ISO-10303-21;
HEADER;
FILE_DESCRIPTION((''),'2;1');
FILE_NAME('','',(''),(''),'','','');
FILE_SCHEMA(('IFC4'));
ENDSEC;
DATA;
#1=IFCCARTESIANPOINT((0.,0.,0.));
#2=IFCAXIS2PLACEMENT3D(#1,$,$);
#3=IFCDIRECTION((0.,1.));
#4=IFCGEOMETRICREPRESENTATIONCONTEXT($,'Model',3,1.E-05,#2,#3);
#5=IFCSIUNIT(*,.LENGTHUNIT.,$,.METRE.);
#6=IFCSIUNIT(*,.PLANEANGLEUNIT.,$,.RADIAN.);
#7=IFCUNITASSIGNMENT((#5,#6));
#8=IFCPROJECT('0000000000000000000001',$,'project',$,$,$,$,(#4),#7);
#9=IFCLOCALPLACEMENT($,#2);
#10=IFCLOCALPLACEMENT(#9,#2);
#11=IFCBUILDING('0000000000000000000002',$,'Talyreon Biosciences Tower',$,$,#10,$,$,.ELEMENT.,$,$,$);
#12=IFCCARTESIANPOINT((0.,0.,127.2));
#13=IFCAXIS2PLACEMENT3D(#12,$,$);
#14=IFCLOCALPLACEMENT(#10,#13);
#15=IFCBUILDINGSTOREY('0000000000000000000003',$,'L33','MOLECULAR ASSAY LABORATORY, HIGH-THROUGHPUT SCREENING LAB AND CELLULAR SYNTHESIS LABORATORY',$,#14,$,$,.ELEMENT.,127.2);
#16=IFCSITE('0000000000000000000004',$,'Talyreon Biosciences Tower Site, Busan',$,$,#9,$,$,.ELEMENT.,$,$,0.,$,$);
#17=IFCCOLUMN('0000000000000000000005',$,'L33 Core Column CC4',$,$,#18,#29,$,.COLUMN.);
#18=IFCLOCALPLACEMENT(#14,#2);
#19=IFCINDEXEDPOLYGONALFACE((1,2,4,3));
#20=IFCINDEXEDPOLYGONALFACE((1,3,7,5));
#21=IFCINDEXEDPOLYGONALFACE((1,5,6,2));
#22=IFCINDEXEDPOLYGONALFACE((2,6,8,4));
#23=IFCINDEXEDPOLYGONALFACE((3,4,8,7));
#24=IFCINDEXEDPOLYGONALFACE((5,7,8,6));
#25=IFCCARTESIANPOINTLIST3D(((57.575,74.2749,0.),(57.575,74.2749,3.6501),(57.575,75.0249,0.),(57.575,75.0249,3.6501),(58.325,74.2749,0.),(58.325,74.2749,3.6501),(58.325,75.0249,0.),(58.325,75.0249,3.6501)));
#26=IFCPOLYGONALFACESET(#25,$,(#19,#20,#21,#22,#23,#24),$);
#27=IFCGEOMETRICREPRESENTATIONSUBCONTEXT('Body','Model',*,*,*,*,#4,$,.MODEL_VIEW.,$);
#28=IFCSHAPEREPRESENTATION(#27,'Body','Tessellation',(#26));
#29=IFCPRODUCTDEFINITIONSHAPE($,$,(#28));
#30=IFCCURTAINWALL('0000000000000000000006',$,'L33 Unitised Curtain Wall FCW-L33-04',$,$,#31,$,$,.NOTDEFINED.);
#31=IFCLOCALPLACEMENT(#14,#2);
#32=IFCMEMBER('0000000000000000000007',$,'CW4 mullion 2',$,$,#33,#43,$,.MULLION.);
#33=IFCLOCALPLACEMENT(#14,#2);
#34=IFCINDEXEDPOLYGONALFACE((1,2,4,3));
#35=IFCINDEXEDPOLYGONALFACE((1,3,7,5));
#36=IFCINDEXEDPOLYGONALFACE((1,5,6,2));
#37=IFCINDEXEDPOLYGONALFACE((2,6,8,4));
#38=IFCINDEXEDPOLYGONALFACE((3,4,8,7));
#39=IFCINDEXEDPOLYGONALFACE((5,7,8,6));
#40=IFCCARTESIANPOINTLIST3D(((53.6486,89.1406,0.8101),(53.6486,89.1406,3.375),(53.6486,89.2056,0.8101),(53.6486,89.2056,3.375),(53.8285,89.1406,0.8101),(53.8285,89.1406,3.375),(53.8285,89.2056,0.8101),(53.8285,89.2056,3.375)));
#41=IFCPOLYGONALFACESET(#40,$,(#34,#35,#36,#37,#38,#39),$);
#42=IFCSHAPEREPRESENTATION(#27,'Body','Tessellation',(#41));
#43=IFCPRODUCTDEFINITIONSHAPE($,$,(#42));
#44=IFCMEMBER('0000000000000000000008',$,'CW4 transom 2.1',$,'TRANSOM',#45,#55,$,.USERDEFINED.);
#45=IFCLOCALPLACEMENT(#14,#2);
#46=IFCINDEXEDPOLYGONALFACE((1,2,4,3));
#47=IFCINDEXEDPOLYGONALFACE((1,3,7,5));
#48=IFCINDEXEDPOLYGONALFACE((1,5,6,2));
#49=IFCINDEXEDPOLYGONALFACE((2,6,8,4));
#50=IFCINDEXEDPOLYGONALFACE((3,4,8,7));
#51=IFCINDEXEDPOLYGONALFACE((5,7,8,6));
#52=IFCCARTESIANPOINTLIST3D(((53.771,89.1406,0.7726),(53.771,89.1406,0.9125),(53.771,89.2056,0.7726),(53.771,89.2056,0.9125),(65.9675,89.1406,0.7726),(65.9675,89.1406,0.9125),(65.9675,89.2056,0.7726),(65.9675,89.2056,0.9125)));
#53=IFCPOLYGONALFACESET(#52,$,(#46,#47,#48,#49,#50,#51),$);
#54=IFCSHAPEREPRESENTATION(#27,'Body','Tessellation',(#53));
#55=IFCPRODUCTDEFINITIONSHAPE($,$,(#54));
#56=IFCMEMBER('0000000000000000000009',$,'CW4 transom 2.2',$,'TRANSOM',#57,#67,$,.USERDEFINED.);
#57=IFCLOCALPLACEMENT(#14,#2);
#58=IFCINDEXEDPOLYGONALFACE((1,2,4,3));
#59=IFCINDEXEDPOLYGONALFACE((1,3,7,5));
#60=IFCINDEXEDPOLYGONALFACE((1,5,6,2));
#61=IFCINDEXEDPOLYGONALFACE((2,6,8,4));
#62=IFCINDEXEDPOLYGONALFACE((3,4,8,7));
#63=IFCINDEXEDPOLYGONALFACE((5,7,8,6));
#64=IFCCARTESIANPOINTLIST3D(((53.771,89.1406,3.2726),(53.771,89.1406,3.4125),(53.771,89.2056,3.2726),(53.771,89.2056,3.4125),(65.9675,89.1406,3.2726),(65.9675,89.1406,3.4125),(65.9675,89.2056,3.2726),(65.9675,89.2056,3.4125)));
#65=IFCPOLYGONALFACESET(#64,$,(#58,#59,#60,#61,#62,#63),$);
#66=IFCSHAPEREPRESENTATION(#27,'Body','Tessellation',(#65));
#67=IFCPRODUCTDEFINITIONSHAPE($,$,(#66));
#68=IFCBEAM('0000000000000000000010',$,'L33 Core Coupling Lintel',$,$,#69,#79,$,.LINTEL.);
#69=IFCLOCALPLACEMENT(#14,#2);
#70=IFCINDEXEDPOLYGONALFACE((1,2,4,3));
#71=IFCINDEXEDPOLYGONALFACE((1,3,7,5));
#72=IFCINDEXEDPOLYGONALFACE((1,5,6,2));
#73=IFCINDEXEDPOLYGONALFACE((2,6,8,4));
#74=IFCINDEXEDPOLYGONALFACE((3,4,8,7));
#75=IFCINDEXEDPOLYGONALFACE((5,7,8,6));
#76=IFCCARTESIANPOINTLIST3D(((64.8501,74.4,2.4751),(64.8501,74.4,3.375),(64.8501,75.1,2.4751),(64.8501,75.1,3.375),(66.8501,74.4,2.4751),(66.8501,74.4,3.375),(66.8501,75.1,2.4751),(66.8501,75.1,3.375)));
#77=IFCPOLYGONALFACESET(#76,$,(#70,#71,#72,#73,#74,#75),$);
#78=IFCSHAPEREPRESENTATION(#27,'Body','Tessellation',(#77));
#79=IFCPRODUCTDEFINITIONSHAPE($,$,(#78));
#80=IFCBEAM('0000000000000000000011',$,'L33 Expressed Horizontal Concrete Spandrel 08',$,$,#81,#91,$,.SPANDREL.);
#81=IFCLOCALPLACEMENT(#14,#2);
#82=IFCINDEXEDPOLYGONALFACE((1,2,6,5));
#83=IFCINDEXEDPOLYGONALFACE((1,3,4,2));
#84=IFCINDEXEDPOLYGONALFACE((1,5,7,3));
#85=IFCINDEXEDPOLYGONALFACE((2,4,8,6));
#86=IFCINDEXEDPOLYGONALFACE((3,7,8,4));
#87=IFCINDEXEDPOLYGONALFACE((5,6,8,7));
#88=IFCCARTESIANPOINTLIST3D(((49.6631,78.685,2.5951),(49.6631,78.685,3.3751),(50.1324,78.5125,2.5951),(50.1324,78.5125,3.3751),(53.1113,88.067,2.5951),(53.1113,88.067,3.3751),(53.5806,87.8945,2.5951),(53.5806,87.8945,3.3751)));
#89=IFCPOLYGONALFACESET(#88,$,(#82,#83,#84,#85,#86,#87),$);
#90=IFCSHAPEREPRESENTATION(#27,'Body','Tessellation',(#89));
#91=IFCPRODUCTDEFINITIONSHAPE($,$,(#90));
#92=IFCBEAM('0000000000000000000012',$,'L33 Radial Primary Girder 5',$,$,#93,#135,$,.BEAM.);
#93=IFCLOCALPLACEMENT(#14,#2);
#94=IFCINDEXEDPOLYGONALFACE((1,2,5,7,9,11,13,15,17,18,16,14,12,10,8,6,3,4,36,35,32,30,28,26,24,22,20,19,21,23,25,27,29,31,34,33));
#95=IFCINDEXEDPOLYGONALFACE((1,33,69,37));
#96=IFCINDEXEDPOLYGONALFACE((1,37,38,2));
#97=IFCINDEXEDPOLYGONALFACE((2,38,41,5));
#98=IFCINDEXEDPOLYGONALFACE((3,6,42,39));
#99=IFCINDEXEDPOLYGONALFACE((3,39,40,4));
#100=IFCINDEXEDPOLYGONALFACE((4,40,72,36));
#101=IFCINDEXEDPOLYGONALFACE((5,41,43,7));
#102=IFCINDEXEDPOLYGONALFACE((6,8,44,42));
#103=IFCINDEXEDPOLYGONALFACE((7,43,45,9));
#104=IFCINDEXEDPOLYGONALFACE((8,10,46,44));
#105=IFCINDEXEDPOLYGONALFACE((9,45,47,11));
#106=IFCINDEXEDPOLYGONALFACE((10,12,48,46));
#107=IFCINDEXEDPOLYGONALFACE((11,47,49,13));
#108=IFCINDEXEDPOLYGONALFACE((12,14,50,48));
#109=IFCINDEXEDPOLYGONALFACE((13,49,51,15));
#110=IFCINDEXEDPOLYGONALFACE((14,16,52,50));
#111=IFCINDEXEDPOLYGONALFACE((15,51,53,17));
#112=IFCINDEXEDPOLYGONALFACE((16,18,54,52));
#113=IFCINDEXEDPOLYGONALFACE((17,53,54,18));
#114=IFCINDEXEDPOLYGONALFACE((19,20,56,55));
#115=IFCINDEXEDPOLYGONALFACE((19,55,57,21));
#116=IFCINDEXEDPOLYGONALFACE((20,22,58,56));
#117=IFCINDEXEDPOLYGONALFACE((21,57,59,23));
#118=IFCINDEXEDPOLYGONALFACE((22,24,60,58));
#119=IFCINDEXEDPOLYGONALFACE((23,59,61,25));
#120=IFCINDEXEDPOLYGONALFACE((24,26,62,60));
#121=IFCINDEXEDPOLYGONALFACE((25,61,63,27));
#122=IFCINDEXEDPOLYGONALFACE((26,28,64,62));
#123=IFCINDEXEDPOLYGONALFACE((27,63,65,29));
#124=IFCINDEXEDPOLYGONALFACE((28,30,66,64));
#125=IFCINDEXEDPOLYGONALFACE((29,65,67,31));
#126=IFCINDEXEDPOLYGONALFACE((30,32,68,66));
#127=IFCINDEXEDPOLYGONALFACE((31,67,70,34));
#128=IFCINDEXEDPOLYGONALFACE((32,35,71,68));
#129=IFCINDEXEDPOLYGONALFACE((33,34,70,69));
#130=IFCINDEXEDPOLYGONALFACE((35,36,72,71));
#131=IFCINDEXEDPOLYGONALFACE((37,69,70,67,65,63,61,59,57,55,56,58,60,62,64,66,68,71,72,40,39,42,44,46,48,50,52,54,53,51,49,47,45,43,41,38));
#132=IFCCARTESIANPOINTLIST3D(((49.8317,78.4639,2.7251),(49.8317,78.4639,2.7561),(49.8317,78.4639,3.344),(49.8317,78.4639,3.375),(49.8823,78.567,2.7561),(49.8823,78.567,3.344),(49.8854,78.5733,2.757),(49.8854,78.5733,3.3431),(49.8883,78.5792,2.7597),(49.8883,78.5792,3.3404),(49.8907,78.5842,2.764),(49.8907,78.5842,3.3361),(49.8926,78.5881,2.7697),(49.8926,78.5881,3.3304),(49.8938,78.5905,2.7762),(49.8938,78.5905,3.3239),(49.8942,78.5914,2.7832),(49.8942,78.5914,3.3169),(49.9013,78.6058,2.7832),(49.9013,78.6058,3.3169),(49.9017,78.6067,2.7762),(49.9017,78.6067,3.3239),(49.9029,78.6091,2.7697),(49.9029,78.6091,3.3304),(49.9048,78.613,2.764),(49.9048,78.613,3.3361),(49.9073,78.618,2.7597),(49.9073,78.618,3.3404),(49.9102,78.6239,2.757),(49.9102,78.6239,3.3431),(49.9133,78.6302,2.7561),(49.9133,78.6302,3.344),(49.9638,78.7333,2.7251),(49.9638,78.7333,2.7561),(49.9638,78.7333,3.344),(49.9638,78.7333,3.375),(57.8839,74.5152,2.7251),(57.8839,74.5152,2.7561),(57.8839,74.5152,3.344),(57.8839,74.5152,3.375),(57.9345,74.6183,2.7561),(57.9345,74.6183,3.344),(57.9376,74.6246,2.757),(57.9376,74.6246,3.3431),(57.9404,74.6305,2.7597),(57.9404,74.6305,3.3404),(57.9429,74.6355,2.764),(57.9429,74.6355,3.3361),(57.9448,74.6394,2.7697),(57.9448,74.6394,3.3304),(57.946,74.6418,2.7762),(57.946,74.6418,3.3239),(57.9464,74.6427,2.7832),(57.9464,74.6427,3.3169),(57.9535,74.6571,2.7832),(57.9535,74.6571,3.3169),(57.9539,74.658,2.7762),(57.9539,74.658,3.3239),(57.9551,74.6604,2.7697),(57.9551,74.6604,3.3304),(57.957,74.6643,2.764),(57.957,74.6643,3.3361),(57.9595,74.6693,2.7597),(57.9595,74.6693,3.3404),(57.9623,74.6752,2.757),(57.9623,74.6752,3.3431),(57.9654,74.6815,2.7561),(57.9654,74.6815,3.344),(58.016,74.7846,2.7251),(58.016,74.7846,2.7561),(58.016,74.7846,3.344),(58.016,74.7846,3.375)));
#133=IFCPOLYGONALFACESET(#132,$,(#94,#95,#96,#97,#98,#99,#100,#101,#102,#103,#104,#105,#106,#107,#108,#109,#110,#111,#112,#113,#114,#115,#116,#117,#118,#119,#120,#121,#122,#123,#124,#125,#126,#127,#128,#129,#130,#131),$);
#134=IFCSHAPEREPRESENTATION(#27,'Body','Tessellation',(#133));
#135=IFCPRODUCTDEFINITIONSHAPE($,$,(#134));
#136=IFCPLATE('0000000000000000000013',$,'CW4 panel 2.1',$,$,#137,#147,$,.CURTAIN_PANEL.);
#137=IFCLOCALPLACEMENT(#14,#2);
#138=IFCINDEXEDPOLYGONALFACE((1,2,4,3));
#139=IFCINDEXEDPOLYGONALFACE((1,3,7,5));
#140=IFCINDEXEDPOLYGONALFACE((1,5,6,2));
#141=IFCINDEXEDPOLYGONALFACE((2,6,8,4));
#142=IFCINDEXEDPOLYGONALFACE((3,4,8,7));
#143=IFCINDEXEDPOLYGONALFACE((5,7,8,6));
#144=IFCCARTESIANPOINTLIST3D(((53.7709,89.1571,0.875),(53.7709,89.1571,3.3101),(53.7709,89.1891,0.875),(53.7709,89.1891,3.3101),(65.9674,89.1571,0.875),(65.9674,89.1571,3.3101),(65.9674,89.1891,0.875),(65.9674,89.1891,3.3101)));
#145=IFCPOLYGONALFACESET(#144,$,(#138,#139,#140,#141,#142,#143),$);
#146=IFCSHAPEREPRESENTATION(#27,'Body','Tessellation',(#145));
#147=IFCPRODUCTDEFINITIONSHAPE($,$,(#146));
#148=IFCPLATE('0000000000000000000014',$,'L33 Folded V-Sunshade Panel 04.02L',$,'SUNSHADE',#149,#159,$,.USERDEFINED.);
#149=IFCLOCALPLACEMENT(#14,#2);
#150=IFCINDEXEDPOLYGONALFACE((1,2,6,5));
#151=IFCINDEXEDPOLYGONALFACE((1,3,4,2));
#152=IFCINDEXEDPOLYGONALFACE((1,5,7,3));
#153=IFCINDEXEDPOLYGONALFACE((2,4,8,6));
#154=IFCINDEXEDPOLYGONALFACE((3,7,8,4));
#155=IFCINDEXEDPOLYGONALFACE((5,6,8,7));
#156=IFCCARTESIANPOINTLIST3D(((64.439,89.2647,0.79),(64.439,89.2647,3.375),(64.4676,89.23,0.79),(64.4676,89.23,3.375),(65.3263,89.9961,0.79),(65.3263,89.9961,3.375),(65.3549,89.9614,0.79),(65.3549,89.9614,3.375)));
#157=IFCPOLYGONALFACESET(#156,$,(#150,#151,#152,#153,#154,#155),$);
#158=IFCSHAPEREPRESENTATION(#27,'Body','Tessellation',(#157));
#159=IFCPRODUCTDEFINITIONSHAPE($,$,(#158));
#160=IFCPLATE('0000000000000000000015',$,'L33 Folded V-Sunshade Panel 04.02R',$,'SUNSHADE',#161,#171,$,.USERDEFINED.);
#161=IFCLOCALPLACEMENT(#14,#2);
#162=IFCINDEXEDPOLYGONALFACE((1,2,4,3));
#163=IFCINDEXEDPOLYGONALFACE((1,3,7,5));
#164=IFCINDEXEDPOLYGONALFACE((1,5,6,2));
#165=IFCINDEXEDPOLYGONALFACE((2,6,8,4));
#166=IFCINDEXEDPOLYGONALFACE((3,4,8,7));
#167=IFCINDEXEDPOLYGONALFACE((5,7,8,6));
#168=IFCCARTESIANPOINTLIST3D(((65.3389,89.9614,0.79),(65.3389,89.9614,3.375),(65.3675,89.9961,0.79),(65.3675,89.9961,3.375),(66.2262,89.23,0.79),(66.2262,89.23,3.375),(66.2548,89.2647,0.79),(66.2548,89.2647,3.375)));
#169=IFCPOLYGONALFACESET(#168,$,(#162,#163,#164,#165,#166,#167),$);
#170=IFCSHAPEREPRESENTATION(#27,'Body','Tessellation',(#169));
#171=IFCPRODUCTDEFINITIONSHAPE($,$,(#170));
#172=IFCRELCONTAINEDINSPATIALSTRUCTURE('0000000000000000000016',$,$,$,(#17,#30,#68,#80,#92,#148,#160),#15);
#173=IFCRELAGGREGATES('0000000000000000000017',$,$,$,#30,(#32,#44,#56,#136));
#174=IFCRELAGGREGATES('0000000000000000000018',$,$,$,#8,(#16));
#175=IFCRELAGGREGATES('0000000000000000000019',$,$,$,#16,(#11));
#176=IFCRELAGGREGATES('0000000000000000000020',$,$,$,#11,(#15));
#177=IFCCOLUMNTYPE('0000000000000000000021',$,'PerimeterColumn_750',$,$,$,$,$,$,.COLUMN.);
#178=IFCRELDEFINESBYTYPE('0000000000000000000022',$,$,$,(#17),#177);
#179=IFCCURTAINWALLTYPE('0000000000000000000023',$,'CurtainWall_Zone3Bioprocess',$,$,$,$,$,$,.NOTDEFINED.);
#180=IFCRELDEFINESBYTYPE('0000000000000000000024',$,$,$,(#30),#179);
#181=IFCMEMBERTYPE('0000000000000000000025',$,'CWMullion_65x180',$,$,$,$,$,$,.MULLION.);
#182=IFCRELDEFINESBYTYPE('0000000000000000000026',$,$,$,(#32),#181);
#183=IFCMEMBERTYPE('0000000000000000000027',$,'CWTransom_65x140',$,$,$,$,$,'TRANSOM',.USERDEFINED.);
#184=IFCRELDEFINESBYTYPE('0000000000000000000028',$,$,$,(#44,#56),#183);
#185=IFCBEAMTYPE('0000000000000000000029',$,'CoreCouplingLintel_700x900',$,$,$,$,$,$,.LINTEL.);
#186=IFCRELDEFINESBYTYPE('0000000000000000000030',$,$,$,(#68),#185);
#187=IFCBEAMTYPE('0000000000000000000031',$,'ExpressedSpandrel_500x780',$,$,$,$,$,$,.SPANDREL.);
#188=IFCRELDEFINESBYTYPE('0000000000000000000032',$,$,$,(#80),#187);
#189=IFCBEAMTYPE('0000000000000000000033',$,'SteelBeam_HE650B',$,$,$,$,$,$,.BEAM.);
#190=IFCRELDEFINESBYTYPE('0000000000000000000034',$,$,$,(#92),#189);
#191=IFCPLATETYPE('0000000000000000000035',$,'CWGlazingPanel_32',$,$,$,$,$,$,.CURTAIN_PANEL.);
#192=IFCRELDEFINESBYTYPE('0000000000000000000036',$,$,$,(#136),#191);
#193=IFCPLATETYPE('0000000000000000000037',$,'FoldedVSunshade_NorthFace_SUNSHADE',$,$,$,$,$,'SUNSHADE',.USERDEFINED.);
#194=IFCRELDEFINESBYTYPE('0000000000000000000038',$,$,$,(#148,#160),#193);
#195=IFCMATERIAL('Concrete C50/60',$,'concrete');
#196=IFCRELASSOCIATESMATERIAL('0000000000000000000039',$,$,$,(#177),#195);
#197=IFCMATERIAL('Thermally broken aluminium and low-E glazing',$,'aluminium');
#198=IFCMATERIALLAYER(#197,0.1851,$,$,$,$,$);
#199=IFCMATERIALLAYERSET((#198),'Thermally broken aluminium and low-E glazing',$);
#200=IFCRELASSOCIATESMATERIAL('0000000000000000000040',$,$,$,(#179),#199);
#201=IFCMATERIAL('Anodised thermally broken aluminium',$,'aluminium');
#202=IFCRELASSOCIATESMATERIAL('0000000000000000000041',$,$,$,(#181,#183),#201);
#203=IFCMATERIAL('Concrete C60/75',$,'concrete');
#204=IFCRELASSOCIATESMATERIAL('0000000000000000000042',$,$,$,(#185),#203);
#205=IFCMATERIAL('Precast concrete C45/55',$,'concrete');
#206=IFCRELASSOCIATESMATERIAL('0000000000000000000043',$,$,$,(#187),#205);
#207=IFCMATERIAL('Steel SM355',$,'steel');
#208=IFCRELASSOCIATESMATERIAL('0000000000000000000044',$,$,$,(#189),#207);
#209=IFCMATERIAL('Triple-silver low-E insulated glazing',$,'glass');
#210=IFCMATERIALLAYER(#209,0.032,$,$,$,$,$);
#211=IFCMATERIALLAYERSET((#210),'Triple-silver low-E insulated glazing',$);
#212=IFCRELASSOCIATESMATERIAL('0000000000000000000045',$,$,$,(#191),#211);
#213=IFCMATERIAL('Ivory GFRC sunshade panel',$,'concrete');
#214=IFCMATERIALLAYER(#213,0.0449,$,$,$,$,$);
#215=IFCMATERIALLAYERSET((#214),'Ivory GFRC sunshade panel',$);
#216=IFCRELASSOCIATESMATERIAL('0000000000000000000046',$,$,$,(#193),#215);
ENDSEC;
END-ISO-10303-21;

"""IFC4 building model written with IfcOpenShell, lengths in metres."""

from ifc_helpers import new_model, si_unit, direction, frame, origin, origin_2d, place, context, subcontext, project, spatial, rectangle, i_section, extrude, material, layer, layer_set, material_profile, profile_set, type_object, element, aggregate, save


model = new_model("IFC4")

# Units and contexts
model_context = context("Model", 3, precision=1e-05, world=origin(), true_north=direction((0.0, 1.0)))
body_context = subcontext(model_context, "Body", "Model", "MODEL_VIEW")
ifc_project = project(units=[si_unit("LENGTHUNIT", "METRE"), si_unit("PLANEANGLEUNIT", "RADIAN")], contexts=[model_context])

# Site, building, storey
site_placement = place(None, origin())
site = spatial("IfcSite", under=ifc_project, at=site_placement, Name="Talyreon Biosciences Tower Site, Busan", CompositionType="ELEMENT", RefElevation=0.0)
building_placement = place(site_placement, origin())
building = spatial("IfcBuilding", under=site, at=building_placement, Name="Talyreon Biosciences Tower", CompositionType="ELEMENT")
storey_placement = place(building_placement, frame((0.0, 0.0, 127.2)))
storey = spatial("IfcBuildingStorey", under=building, at=storey_placement, Name="L33", Description="MOLECULAR ASSAY LABORATORY, HIGH-THROUGHPUT SCREENING LAB AND CELLULAR SYNTHESIS LABORATORY", CompositionType="ELEMENT", Elevation=127.2)

# Column
ifc_material_1 = material(Name="Concrete C50/60", Category="concrete")
ifc_material_profile_1 = material_profile(ifc_material_1, rectangle(XDim=0.75, YDim=0.75, at=origin_2d()), Name="RC 750x750")
ifc_profile_set_1 = profile_set([ifc_material_profile_1], Name="Concrete C50/60")
column_type = type_object("IfcColumnType", Name="PerimeterColumn_750", PredefinedType="COLUMN", material=ifc_profile_set_1)
column_placement = place(storey_placement, frame((57.95, 74.6499, 0.0), z_axis=(0.0, 0.0, 1.0), x_axis=(1.0, 0.0, 0.0)))
element("IfcColumn", 1, at=column_placement, inside=storey, type_object=column_type, Name="L33 Core Column CC4", PredefinedType="COLUMN", context=body_context, shape_type="SweptSolid", body=[
    extrude(rectangle(XDim=0.75, YDim=0.75, at=origin_2d()), origin(), (0.0, 0.0, 1.0), 3.6501),
])

# Curtain wall, members
ifc_material_2 = material(Name="Thermally broken aluminium and low-E glazing", Category="aluminium")
ifc_layer_1 = layer(ifc_material_2, 0.1851)
ifc_layer_set_1 = layer_set([ifc_layer_1], Name="Thermally broken aluminium and low-E glazing")
curtain_wall_type = type_object("IfcCurtainWallType", Name="CurtainWall_Zone3Bioprocess", PredefinedType="NOTDEFINED", material=ifc_layer_set_1)
curtain_wall_placement = place(storey_placement, origin())
curtain_wall = element("IfcCurtainWall", 2, at=curtain_wall_placement, inside=storey, type_object=curtain_wall_type, Name="L33 Unitised Curtain Wall FCW-L33-04", PredefinedType="NOTDEFINED")
ifc_material_3 = material(Name="Anodised thermally broken aluminium", Category="aluminium")
ifc_material_profile_2 = material_profile(ifc_material_3, rectangle(XDim=0.0649, YDim=0.1799, at=origin_2d()), Name="ALUM MULLION 65x180")
ifc_profile_set_2 = profile_set([ifc_material_profile_2], Name="Anodised thermally broken aluminium")
member_type_1 = type_object("IfcMemberType", Name="CWMullion_65x180", PredefinedType="MULLION", material=ifc_profile_set_2)
member_1_placement = place(storey_placement, frame((53.7385, 89.1731, 0.8101), z_axis=(0.0, 0.0, 1.0), x_axis=(0.0, 1.0, 0.0)))
member_1 = element("IfcMember", 3, at=member_1_placement, type_object=member_type_1, Name="CW4 mullion 2", PredefinedType="MULLION", context=body_context, shape_type="SweptSolid", body=[
    extrude(rectangle(XDim=0.0649, YDim=0.1799, at=origin_2d()), origin(), (0.0, 0.0, 1.0), 2.5649),
])
ifc_material_profile_3 = material_profile(ifc_material_3, rectangle(XDim=0.0649, YDim=0.1399, at=origin_2d()), Name="ALUM TRANSOM 65x140")
ifc_profile_set_3 = profile_set([ifc_material_profile_3], Name="Anodised thermally broken aluminium")
member_type_2 = type_object("IfcMemberType", Name="CWTransom_65x140", ElementType="TRANSOM", PredefinedType="USERDEFINED", material=ifc_profile_set_3)
member_2_placement = place(storey_placement, frame((53.771, 89.1731, 0.8425), z_axis=(1.0, 0.0, 0.0), x_axis=(0.0, 1.0, 0.0)))
member_2 = element("IfcMember", 4, at=member_2_placement, type_object=member_type_2, Name="CW4 transom 2.1", ObjectType="TRANSOM", PredefinedType="USERDEFINED", context=body_context, shape_type="SweptSolid", body=[
    extrude(rectangle(XDim=0.0649, YDim=0.1399, at=origin_2d()), origin(), (0.0, 0.0, 1.0), 12.1965),
])
member_3_placement = place(storey_placement, frame((53.771, 89.1731, 3.3425), z_axis=(1.0, 0.0, 0.0), x_axis=(0.0, 1.0, 0.0)))
member_3 = element("IfcMember", 5, at=member_3_placement, type_object=member_type_2, Name="CW4 transom 2.2", ObjectType="TRANSOM", PredefinedType="USERDEFINED", context=body_context, shape_type="SweptSolid", body=[
    extrude(rectangle(XDim=0.0649, YDim=0.1399, at=origin_2d()), origin(), (0.0, 0.0, 1.0), 12.1965),
])

# Beams
ifc_material_4 = material(Name="Concrete C60/75", Category="concrete")
ifc_material_profile_4 = material_profile(ifc_material_4, rectangle(XDim=0.7, YDim=0.8999, at=origin_2d()), Name="RCB 700x900")
ifc_profile_set_4 = profile_set([ifc_material_profile_4], Name="Concrete C60/75")
beam_type_1 = type_object("IfcBeamType", Name="CoreCouplingLintel_700x900", PredefinedType="LINTEL", material=ifc_profile_set_4)
beam_1_placement = place(storey_placement, frame((64.8501, 74.75, 2.925), z_axis=(1.0, 0.0, 0.0), x_axis=(0.0, 1.0, 0.0)))
element("IfcBeam", 6, at=beam_1_placement, inside=storey, type_object=beam_type_1, Name="L33 Core Coupling Lintel", PredefinedType="LINTEL", context=body_context, shape_type="SweptSolid", body=[
    extrude(rectangle(XDim=0.7, YDim=0.8999, at=origin_2d()), origin(), (0.0, 0.0, 1.0), 2.0),
])
ifc_material_5 = material(Name="Precast concrete C45/55", Category="concrete")
ifc_material_profile_5 = material_profile(ifc_material_5, rectangle(XDim=0.5, YDim=0.78, at=origin_2d()), Name="RCB 500x780")
ifc_profile_set_5 = profile_set([ifc_material_profile_5], Name="Precast concrete C45/55")
beam_type_2 = type_object("IfcBeamType", Name="ExpressedSpandrel_500x780", PredefinedType="SPANDREL", material=ifc_profile_set_5)
beam_2_placement = place(storey_placement, frame((53.3459, 87.9807, 2.9851), z_axis=(-0.344973, -0.938613, 0.0), x_axis=(0.938613, -0.344973, 0.0)))
element("IfcBeam", 7, at=beam_2_placement, inside=storey, type_object=beam_type_2, Name="L33 Expressed Horizontal Concrete Spandrel 08", PredefinedType="SPANDREL", context=body_context, shape_type="SweptSolid", body=[
    extrude(rectangle(XDim=0.5, YDim=0.78, at=origin_2d()), origin(), (0.0, 0.0, 1.0), 9.9956),
])
ifc_material_6 = material(Name="Steel SM355", Category="steel")
ifc_material_profile_6 = material_profile(ifc_material_6, i_section(OverallWidth=0.3, OverallDepth=0.6499, WebThickness=0.0161, FlangeThickness=0.031, FilletRadius=0.0271, at=origin_2d()), Name="HE650B")
ifc_profile_set_6 = profile_set([ifc_material_profile_6], Name="Steel SM355")
beam_type_3 = type_object("IfcBeamType", Name="SteelBeam_HE650B", PredefinedType="BEAM", material=ifc_profile_set_6)
beam_3_placement = place(storey_placement, frame((57.95, 74.6499, 3.05), z_axis=(-0.897852, 0.440297, 0.0), x_axis=(-0.440297, -0.897852, 0.0)))
element("IfcBeam", 8, at=beam_3_placement, inside=storey, type_object=beam_type_3, Name="L33 Radial Primary Girder 5", PredefinedType="BEAM", context=body_context, shape_type="SweptSolid", body=[
    extrude(i_section(OverallWidth=0.3, OverallDepth=0.6499, WebThickness=0.0161, FlangeThickness=0.031, FilletRadius=0.0271, at=origin_2d()), origin(), (0.0, 0.0, 1.0), 8.9683),
])

# Plate
ifc_material_7 = material(Name="Triple-silver low-E insulated glazing", Category="glass")
ifc_layer_2 = layer(ifc_material_7, 0.032)
ifc_layer_set_2 = layer_set([ifc_layer_2], Name="Triple-silver low-E insulated glazing")
plate_type_1 = type_object("IfcPlateType", Name="CWGlazingPanel_32", PredefinedType="CURTAIN_PANEL", material=ifc_layer_set_2)
plate_placement = place(storey_placement, frame((59.8691, 89.1731, 0.875), z_axis=(0.0, 0.0, 1.0), x_axis=(1.0, 0.0, 0.0)))
plate = element("IfcPlate", 9, at=plate_placement, type_object=plate_type_1, Name="CW4 panel 2.1", PredefinedType="CURTAIN_PANEL", context=body_context, shape_type="SweptSolid", body=[
    extrude(rectangle(XDim=12.1965, YDim=0.032, at=origin_2d()), origin(), (0.0, 0.0, 1.0), 2.4351),
])
aggregate(curtain_wall, [member_1, member_2, member_3, plate])

# Plates
ifc_material_8 = material(Name="Ivory GFRC sunshade panel", Category="concrete")
ifc_layer_3 = layer(ifc_material_8, 0.0449)
ifc_layer_set_3 = layer_set([ifc_layer_3], Name="Ivory GFRC sunshade panel")
plate_type_2 = type_object("IfcPlateType", Name="FoldedVSunshade_NorthFace_SUNSHADE", ElementType="SUNSHADE", PredefinedType="USERDEFINED", material=ifc_layer_set_3)
for number, where, z_axis, x_axis, name in (
    (10, (64.897, 89.613, 0.79), (0.0, 0.0, 1.0), (0.771625, 0.636078, 0.0), "L33 Folded V-Sunshade Panel 04.02L"),
    (11, (65.7969, 89.613, 0.79), (0.0, 0.0, 1.0), (0.771625, -0.636078, 0.0), "L33 Folded V-Sunshade Panel 04.02R"),
):
    element("IfcPlate", number, at=place(storey_placement, frame(where, z_axis=z_axis, x_axis=x_axis)), inside=storey, type_object=plate_type_2, Name=name, ObjectType="SUNSHADE", PredefinedType="USERDEFINED", context=body_context, shape_type="SweptSolid", body=[
        extrude(rectangle(XDim=1.1499, YDim=0.0449, at=origin_2d()), origin(), (0.0, 0.0, 1.0), 2.585),
    ])

save(model, "model.ifc")
